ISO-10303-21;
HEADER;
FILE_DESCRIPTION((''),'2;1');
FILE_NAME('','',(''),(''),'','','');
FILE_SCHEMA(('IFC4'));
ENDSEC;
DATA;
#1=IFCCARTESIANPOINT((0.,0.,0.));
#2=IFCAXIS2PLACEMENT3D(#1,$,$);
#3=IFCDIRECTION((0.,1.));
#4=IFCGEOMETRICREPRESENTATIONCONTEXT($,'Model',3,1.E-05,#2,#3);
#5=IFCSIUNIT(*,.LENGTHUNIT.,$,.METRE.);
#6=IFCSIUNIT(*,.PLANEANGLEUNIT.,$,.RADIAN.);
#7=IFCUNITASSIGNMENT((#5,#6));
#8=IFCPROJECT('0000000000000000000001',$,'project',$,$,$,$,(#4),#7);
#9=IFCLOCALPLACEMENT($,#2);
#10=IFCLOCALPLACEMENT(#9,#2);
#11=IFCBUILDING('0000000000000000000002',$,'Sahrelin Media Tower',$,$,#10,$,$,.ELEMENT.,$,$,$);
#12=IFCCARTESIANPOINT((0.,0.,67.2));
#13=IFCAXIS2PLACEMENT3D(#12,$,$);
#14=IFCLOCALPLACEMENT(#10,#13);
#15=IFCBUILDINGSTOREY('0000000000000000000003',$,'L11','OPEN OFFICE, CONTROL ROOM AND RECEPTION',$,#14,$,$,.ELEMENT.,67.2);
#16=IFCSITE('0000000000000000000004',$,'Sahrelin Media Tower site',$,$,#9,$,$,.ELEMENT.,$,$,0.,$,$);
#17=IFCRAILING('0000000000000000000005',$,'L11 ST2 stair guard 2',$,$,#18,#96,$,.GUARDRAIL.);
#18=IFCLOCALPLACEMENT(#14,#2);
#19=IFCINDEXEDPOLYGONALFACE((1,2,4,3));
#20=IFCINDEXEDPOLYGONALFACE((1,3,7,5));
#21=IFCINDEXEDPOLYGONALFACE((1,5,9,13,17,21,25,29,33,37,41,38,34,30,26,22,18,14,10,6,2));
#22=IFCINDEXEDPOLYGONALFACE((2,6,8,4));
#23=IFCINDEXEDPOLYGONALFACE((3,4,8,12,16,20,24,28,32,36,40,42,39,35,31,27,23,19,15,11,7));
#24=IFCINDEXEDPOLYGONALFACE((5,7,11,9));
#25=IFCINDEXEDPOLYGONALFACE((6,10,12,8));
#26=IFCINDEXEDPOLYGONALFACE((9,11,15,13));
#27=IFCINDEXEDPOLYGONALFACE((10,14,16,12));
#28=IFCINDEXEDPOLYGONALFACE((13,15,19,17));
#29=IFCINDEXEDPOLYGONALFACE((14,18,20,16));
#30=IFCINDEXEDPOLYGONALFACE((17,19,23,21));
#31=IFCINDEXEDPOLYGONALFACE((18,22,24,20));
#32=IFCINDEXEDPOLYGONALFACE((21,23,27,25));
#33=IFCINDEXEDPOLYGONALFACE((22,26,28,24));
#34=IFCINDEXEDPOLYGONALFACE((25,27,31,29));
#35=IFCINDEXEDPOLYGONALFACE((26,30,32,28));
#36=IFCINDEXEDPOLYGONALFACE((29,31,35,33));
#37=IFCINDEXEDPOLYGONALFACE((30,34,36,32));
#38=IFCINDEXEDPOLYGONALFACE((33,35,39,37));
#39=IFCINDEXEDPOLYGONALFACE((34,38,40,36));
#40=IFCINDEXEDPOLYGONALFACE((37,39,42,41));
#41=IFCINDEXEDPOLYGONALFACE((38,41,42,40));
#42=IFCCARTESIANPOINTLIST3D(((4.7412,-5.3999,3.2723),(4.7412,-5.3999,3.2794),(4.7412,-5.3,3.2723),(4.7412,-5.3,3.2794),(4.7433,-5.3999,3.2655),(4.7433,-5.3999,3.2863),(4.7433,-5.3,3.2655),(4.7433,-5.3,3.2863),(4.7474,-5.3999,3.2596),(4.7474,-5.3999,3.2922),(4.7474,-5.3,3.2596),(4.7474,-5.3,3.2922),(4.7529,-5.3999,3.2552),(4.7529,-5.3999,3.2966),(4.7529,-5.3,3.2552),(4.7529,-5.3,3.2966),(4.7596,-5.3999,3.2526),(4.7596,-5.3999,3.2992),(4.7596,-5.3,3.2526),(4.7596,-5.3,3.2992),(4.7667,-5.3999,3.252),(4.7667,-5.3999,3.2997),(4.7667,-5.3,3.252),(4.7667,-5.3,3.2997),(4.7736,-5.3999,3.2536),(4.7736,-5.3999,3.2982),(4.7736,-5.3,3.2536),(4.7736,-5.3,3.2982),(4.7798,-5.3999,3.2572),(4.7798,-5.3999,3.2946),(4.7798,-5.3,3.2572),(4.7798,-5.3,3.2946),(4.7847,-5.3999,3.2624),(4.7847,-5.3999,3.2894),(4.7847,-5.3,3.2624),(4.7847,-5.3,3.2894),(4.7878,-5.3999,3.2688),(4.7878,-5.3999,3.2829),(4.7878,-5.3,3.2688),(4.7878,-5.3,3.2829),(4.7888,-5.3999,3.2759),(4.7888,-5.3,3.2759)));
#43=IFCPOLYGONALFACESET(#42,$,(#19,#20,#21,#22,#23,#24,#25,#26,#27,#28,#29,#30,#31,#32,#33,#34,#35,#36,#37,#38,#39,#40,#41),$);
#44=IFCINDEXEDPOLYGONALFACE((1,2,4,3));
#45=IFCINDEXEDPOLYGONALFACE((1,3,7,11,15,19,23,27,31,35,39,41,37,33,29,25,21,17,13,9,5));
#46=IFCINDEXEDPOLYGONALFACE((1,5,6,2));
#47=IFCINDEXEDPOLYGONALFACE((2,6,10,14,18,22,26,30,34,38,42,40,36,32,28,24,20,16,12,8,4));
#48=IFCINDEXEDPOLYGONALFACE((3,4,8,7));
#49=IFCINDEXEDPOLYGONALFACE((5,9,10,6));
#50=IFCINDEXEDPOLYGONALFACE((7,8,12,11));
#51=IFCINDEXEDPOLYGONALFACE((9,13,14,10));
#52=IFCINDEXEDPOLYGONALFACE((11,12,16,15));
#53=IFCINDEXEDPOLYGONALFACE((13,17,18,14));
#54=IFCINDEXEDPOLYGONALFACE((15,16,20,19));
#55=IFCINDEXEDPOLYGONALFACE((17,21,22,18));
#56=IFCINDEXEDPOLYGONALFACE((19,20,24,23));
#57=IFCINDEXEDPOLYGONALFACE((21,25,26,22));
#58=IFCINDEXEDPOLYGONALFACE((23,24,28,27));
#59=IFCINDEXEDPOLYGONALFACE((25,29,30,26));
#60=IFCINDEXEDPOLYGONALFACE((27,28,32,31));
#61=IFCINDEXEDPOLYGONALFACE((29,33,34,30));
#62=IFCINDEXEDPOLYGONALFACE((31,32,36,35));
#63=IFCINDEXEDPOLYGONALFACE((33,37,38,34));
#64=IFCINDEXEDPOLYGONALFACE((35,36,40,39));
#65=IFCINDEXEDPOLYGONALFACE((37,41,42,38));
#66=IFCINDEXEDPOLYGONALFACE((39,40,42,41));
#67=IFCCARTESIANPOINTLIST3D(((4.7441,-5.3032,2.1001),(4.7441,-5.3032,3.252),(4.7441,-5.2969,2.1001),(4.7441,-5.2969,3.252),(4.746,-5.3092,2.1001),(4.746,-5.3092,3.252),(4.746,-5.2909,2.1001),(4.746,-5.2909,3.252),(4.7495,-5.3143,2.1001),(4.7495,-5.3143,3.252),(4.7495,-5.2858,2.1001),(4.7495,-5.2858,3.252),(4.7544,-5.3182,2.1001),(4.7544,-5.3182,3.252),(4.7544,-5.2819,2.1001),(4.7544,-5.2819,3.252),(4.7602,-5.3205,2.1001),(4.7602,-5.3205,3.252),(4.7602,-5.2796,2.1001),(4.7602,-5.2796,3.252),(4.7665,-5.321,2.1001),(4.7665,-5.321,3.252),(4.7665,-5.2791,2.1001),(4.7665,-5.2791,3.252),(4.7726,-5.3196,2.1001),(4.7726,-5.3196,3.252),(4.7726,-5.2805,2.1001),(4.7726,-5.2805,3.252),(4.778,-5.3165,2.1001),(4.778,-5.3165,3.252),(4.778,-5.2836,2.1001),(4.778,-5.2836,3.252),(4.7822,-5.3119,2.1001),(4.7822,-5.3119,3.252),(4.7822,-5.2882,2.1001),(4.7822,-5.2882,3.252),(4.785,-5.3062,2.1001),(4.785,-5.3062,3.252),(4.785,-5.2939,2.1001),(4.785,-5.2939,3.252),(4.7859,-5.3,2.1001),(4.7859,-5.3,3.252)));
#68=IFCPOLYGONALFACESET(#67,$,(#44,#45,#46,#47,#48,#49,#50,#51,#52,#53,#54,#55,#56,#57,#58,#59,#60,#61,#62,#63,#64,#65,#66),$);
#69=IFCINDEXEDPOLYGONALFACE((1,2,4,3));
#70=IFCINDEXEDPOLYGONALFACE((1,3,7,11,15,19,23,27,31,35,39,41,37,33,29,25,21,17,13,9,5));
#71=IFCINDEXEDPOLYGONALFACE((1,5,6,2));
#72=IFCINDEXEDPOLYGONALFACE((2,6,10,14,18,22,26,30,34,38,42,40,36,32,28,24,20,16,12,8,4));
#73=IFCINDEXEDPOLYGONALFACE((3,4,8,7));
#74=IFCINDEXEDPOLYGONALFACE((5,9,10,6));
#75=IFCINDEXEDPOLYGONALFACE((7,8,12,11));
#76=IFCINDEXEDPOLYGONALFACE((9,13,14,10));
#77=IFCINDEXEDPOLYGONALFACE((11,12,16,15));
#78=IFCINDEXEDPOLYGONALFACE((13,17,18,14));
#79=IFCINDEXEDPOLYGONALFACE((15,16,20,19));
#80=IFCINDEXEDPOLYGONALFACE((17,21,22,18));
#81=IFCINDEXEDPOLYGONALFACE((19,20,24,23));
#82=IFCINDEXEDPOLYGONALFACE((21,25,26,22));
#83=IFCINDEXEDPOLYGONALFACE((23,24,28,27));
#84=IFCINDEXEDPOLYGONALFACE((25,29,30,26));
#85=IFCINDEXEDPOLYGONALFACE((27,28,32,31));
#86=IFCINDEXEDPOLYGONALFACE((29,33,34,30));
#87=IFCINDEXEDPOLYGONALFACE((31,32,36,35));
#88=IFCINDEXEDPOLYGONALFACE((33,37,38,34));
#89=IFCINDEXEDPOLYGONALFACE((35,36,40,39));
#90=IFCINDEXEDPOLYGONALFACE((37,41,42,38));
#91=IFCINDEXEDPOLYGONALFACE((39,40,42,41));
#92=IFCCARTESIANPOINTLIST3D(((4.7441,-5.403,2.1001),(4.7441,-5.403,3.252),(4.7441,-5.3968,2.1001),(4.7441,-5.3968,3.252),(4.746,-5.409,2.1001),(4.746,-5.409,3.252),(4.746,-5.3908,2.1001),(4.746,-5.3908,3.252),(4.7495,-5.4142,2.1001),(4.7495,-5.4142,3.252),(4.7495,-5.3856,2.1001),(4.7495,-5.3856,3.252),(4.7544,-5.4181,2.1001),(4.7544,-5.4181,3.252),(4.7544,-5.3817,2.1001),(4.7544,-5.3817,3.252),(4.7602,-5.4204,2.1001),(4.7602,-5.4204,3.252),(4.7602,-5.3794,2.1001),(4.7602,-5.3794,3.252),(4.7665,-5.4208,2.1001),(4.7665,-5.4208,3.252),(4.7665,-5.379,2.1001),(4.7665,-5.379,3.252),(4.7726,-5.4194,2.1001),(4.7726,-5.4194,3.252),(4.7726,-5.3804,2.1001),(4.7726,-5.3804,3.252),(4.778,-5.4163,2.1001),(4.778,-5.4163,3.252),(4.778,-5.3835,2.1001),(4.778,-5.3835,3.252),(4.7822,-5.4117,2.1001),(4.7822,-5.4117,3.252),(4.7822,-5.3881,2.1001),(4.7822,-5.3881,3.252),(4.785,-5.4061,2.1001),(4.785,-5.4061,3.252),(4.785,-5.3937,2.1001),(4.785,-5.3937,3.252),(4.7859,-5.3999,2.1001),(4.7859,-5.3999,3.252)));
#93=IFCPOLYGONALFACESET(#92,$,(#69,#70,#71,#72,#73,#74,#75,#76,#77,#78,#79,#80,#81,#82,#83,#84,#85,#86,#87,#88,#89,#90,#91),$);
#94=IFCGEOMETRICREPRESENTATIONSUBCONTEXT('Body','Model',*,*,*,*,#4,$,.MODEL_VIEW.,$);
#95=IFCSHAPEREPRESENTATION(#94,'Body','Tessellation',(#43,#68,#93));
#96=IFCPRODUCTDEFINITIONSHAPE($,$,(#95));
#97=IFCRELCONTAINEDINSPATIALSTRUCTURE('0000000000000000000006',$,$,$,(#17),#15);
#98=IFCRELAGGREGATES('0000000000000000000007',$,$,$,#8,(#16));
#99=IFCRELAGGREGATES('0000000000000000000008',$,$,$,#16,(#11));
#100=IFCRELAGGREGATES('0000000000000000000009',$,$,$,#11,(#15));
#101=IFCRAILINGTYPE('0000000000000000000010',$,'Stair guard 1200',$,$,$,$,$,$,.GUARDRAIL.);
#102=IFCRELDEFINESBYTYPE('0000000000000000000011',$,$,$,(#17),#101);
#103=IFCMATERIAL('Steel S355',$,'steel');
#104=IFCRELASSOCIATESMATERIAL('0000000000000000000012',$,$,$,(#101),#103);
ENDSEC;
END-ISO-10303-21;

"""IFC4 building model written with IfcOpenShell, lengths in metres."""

from ifc_helpers import new_model, si_unit, direction, frame, origin, origin_2d, place, context, subcontext, project, spatial, circle, extrude, material, type_object, element, save


model = new_model("IFC4")

# Units and contexts
model_context = context("Model", 3, precision=1e-05, world=origin(), true_north=direction((0.0, 1.0)))
body_context = subcontext(model_context, "Body", "Model", "MODEL_VIEW")
ifc_project = project(units=[si_unit("LENGTHUNIT", "METRE"), si_unit("PLANEANGLEUNIT", "RADIAN")], contexts=[model_context])

# Site, building, storey
site_placement = place(None, origin())
site = spatial("IfcSite", under=ifc_project, at=site_placement, Name="Sahrelin Media Tower site", CompositionType="ELEMENT", RefElevation=0.0)
building_placement = place(site_placement, origin())
building = spatial("IfcBuilding", under=site, at=building_placement, Name="Sahrelin Media Tower", CompositionType="ELEMENT")
storey_placement = place(building_placement, frame((0.0, 0.0, 67.2)))
storey = spatial("IfcBuildingStorey", under=building, at=storey_placement, Name="L11", Description="OPEN OFFICE, CONTROL ROOM AND RECEPTION", CompositionType="ELEMENT", Elevation=67.2)

# Shared definitions
ifc_material_1 = material(Name="Steel S355", Category="steel")

# Railing
railing_type_1 = type_object("IfcRailingType", Name="Stair guard 1200", PredefinedType="GUARDRAIL", material=ifc_material_1)
railing_1_placement = place(storey_placement, frame((4.7649, -5.3, 2.1001)))
element("IfcRailing", 1, at=railing_1_placement, inside=storey, type_object=railing_type_1, Name="L11 ST2 stair guard 2", PredefinedType="GUARDRAIL", context=body_context, shape_type="SweptSolid", body=[
    extrude(circle(Radius=0.0239, at=origin_2d()), frame((0.0, 0.0, 1.1758), z_axis=(0.0, -1.0, 0.0), x_axis=(1.0, 0.0, 0.0)), (0.0, 0.0, 1.0), 0.0999),
    extrude(circle(Radius=0.021, at=origin_2d()), origin(), (0.0, 0.0, 1.0), 1.1519),
    extrude(circle(Radius=0.021, at=origin_2d()), frame((0.0, -0.0999, 0.0)), (0.0, 0.0, 1.0), 1.1519),
])

save(model, "model.ifc")
